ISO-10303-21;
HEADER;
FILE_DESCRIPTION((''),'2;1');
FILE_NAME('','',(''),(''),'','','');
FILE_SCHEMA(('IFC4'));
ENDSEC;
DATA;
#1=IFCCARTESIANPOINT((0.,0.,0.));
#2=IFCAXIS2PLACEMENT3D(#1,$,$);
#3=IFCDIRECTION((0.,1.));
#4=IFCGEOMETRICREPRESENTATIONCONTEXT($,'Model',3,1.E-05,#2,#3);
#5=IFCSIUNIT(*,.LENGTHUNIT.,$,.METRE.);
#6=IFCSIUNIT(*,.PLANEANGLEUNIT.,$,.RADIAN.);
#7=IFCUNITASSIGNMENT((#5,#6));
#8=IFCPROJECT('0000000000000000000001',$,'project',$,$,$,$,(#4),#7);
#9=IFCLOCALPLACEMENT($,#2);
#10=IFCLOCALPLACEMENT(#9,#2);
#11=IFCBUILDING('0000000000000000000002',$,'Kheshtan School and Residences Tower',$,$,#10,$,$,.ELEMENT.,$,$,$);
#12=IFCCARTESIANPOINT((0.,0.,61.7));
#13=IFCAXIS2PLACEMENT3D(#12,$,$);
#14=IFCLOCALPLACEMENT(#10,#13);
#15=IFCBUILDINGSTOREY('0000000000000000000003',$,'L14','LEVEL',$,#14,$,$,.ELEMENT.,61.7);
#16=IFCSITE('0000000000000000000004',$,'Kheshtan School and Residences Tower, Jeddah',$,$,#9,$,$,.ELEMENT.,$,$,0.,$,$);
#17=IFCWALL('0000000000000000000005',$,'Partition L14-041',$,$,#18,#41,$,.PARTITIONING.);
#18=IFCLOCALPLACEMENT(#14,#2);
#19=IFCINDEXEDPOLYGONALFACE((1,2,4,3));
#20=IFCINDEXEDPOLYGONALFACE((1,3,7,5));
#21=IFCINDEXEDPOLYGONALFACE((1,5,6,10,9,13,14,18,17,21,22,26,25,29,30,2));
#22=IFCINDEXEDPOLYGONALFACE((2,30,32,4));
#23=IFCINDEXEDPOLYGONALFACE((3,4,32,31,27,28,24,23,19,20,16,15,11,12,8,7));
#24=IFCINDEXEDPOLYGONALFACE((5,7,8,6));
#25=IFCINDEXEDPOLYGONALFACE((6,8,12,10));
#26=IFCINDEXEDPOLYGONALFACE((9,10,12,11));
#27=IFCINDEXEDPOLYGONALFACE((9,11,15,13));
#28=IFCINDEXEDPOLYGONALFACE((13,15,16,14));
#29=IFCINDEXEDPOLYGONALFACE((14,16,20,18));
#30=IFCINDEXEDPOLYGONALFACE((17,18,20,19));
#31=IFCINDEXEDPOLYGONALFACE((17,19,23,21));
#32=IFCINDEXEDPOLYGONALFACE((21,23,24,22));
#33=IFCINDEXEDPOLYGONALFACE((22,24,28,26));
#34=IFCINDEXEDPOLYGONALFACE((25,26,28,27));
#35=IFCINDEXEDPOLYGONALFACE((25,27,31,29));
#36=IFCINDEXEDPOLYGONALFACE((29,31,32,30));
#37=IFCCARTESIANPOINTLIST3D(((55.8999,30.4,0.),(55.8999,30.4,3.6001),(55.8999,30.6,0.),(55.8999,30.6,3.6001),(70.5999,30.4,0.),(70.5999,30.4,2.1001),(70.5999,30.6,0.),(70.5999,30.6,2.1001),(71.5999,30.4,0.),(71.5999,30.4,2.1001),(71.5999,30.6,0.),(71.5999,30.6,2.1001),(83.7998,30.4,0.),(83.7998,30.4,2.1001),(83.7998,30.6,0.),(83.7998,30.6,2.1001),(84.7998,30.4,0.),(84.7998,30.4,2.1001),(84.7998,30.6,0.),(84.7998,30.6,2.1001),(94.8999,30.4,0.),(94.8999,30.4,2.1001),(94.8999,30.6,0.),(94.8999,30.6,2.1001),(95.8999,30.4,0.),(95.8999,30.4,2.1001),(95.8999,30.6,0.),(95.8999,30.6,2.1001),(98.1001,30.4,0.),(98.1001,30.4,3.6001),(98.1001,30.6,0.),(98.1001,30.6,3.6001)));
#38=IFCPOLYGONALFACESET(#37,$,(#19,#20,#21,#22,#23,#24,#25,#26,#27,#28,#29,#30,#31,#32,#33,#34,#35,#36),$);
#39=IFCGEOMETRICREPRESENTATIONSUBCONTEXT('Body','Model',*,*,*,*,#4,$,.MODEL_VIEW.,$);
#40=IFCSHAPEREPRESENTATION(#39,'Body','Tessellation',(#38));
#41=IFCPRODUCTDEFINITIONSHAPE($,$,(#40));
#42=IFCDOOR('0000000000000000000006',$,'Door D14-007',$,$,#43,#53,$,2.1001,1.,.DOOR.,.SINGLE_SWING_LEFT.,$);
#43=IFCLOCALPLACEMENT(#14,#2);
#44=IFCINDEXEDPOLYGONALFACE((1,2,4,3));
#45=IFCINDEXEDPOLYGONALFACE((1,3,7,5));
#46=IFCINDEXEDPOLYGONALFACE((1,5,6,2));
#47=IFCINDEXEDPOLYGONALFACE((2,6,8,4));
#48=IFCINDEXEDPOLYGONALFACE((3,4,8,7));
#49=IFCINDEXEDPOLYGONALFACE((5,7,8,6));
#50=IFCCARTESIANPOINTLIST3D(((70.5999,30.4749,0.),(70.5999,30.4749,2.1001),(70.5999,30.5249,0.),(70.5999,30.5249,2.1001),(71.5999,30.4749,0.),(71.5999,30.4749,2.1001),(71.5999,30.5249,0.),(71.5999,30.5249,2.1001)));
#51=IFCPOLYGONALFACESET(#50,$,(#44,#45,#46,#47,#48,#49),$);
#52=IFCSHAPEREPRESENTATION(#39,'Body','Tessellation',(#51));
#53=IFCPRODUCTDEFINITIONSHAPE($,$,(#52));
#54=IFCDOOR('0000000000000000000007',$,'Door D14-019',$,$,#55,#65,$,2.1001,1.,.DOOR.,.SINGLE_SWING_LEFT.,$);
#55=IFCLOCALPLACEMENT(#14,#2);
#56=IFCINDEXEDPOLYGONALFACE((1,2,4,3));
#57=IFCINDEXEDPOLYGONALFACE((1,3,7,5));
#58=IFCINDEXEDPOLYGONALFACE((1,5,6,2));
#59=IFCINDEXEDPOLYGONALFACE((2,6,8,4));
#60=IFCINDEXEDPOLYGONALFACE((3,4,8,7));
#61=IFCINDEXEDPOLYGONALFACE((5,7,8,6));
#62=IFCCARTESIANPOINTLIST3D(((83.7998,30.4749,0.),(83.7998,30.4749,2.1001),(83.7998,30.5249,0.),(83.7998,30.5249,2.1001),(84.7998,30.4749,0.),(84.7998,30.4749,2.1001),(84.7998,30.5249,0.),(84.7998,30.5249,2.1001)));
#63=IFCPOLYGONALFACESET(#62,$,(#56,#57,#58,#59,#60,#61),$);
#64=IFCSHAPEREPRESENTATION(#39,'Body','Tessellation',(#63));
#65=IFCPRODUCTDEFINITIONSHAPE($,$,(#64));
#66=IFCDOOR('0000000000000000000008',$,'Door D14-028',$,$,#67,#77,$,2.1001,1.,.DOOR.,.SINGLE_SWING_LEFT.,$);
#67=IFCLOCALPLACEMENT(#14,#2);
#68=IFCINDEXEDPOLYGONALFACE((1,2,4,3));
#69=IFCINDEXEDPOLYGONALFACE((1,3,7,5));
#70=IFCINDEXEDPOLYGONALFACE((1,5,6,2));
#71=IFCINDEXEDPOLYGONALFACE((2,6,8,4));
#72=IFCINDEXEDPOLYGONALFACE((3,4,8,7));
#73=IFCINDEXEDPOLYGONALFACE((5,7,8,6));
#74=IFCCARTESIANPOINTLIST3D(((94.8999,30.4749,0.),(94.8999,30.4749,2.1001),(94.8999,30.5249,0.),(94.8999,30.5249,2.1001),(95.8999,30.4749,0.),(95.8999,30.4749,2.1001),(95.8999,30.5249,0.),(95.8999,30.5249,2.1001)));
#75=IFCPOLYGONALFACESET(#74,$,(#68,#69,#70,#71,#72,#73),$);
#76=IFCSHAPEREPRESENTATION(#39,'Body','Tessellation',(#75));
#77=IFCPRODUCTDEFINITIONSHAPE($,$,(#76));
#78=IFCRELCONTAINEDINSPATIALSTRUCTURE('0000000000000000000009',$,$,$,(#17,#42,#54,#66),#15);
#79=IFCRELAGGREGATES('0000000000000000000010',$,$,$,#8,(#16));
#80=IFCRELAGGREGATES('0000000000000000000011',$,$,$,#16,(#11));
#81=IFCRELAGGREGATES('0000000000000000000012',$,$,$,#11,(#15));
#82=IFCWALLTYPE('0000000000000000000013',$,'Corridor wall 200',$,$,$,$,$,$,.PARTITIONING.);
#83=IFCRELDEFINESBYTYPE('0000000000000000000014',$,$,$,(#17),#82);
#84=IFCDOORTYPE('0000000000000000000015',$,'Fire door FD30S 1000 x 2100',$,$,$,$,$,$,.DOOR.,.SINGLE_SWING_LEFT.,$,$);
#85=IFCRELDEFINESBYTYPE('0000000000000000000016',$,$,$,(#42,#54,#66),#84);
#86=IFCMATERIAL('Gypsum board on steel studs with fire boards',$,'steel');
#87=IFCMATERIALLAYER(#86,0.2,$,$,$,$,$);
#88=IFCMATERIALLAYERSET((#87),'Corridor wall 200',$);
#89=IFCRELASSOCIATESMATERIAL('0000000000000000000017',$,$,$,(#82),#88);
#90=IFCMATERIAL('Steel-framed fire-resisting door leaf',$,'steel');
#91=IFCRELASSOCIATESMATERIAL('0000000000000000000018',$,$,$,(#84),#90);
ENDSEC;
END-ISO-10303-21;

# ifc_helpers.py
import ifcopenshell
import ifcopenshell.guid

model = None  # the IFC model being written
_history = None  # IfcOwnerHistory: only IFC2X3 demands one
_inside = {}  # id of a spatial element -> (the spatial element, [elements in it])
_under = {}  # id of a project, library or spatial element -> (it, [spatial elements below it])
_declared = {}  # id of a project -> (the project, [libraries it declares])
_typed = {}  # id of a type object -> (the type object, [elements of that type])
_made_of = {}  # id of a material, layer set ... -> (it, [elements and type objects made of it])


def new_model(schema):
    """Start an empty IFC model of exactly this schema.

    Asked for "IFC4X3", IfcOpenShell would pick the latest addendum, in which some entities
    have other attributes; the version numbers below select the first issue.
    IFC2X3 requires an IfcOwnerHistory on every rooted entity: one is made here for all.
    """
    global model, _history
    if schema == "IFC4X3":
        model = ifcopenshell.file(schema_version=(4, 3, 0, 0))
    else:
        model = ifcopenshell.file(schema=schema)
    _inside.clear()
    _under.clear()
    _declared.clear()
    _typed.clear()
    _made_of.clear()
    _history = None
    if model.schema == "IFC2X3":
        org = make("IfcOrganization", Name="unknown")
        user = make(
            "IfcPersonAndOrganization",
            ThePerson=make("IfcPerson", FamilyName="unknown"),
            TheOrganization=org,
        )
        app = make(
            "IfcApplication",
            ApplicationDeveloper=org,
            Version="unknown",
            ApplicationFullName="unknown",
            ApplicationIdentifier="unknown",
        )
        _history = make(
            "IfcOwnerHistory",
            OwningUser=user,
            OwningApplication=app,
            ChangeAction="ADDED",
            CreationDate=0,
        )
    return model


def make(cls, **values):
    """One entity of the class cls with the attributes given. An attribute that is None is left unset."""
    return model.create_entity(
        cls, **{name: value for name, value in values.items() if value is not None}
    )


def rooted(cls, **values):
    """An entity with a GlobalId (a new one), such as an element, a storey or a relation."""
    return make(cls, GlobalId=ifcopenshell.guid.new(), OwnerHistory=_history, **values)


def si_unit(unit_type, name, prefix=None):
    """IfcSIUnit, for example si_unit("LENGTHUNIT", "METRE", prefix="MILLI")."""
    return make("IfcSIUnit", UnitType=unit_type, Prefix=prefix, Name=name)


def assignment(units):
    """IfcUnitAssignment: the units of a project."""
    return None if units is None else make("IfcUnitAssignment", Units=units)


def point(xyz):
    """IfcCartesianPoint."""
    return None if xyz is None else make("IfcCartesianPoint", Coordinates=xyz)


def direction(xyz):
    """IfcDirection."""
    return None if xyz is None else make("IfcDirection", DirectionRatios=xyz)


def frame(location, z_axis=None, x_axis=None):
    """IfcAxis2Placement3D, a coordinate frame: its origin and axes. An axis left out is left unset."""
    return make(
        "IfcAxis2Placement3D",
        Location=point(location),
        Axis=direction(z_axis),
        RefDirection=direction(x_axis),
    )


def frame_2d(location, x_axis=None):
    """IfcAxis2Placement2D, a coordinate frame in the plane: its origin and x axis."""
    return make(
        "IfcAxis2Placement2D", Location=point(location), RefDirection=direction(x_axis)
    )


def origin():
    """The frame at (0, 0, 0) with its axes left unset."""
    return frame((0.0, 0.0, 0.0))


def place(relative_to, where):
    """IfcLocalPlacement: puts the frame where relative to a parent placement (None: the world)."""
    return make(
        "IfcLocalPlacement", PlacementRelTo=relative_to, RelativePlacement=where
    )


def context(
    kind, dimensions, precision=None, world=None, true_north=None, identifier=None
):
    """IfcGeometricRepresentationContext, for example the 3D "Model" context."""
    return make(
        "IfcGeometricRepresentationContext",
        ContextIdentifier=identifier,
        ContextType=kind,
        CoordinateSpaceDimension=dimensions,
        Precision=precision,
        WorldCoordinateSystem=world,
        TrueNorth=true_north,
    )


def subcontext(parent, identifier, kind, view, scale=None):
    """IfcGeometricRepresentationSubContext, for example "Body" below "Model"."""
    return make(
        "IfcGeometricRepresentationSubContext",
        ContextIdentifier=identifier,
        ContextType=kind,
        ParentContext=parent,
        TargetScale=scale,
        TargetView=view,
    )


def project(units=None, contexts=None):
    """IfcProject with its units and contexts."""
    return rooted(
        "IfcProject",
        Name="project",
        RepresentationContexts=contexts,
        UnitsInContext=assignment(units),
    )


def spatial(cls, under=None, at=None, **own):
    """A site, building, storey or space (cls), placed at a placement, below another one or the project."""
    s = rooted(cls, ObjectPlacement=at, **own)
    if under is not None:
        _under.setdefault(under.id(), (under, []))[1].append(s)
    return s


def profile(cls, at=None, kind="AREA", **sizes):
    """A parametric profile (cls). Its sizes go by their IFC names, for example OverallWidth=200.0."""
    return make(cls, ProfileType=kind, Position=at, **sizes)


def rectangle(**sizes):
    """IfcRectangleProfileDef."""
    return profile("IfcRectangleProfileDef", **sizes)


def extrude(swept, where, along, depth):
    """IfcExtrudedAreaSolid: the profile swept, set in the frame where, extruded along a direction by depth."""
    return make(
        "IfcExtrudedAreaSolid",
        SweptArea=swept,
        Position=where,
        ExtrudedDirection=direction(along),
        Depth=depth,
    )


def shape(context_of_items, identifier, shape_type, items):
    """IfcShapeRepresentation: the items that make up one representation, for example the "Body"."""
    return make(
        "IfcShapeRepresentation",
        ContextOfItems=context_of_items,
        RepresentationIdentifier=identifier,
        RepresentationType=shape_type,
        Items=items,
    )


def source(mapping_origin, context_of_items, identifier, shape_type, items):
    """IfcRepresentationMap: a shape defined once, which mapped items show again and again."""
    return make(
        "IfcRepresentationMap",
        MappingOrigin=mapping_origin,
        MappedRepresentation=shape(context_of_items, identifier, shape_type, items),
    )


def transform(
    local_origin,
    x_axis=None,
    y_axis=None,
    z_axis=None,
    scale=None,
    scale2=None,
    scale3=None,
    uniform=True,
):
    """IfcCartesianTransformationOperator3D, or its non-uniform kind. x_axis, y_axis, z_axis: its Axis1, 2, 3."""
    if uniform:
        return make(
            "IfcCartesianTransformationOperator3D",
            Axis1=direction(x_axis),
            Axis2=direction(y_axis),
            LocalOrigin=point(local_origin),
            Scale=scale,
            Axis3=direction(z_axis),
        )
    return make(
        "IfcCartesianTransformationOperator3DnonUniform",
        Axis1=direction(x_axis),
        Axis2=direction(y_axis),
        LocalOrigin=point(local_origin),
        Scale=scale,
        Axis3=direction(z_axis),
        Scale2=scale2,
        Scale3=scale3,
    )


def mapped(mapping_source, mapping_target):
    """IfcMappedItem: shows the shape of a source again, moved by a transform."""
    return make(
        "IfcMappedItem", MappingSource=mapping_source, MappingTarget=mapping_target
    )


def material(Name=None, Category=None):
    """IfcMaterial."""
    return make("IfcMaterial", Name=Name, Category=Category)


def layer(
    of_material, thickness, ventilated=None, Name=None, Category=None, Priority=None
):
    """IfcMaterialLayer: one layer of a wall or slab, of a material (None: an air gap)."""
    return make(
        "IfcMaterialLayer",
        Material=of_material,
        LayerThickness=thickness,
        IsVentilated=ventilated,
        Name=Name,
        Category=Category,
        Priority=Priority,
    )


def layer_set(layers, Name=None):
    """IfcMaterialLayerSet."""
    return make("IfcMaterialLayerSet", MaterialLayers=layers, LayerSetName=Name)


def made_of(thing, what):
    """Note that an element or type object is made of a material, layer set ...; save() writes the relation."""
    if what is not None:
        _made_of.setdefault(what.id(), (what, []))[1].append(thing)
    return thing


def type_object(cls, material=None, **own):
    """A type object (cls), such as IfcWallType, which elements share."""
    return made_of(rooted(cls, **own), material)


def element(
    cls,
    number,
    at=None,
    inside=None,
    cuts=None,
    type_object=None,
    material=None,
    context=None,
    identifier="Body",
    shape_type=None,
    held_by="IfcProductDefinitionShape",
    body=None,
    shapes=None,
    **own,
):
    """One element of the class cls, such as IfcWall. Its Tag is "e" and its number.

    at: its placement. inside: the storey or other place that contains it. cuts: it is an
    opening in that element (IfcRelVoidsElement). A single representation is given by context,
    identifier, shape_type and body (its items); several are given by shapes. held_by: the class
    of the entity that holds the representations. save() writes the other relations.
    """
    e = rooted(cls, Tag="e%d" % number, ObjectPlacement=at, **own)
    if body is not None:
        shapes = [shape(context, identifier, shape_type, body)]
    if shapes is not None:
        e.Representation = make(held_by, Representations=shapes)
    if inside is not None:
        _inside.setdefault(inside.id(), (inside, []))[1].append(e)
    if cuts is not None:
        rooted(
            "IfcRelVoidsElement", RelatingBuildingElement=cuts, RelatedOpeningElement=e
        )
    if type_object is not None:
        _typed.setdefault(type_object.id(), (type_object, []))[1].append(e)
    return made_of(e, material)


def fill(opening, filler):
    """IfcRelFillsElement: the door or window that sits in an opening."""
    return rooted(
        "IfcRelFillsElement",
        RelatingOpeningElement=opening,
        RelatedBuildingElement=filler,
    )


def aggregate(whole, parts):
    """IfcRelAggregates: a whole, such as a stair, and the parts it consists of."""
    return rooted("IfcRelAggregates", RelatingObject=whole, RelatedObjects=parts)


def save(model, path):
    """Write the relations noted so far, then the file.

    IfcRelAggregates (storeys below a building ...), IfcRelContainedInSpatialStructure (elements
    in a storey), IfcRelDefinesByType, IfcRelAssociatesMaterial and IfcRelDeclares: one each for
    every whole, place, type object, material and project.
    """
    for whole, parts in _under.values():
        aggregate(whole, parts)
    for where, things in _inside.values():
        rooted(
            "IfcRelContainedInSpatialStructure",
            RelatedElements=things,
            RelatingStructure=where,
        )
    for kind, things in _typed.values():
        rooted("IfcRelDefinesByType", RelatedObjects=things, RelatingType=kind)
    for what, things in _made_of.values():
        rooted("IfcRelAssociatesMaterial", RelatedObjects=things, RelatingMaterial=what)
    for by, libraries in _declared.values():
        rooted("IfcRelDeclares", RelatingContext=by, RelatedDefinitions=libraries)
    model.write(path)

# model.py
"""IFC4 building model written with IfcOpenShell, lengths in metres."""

from ifc_helpers import new_model, si_unit, direction, frame, frame_2d, origin, place, context, subcontext, project, spatial, rectangle, extrude, source, transform, mapped, material, layer, layer_set, type_object, element, fill, save


model = new_model("IFC4")

# Units and contexts
model_context = context("Model", 3, precision=1e-05, world=origin(), true_north=direction((0.0, 1.0)))
body_context = subcontext(model_context, "Body", "Model", "MODEL_VIEW")
ifc_project = project(units=[si_unit("LENGTHUNIT", "METRE"), si_unit("PLANEANGLEUNIT", "RADIAN")], contexts=[model_context])

# Site, building, storey
site_placement = place(None, origin())
site = spatial("IfcSite", under=ifc_project, at=site_placement, Name="Kheshtan School and Residences Tower, Jeddah", CompositionType="ELEMENT", RefElevation=0.0)
building_placement = place(site_placement, origin())
building = spatial("IfcBuilding", under=site, at=building_placement, Name="Kheshtan School and Residences Tower", CompositionType="ELEMENT")
storey_placement = place(building_placement, frame((0.0, 0.0, 61.7)))
storey = spatial("IfcBuildingStorey", under=building, at=storey_placement, Name="L14", Description="LEVEL", CompositionType="ELEMENT", Elevation=61.7)

# Wall, openings, doors
ifc_material_1 = material(Name="Gypsum board on steel studs with fire boards", Category="steel")
ifc_layer_1 = layer(ifc_material_1, 0.2)
ifc_layer_set_1 = layer_set([ifc_layer_1], Name="Corridor wall 200")
wall_type_1 = type_object("IfcWallType", Name="Corridor wall 200", PredefinedType="PARTITIONING", material=ifc_layer_set_1)
wall_1_placement = place(storey_placement, frame((55.8999, 30.5, 0.0), z_axis=(0.0, 0.0, 1.0), x_axis=(1.0, 0.0, 0.0)))
wall_1 = element("IfcWall", 1, at=wall_1_placement, inside=storey, type_object=wall_type_1, Name="Partition L14-041", PredefinedType="PARTITIONING", context=body_context, shape_type="SweptSolid", body=[
    extrude(rectangle(XDim=42.2002, YDim=0.2, at=frame_2d((21.1001, 0.0))), origin(), (0.0, 0.0, 1.0), 3.6001),
])
opening_1_placement = place(wall_1_placement, frame((14.7, 0.0, 0.0)))
opening_1 = element("IfcOpeningElement", 2, at=opening_1_placement, cuts=wall_1, PredefinedType="OPENING", context=body_context, shape_type="SweptSolid", body=[
    extrude(rectangle(XDim=1.0, YDim=2.1001, at=frame_2d((0.5, 1.05))), frame((0.0, 0.1099, 0.0), z_axis=(0.0, -1.0, 0.0), x_axis=(1.0, 0.0, 0.0)), (0.0, 0.0, 1.0), 0.22),
])
opening_2_placement = place(wall_1_placement, frame((27.8999, 0.0, 0.0)))
opening_2 = element("IfcOpeningElement", 3, at=opening_2_placement, cuts=wall_1, PredefinedType="OPENING", context=body_context, shape_type="SweptSolid", body=[
    extrude(rectangle(XDim=1.0, YDim=2.1001, at=frame_2d((0.5, 1.05))), frame((0.0, 0.1099, 0.0), z_axis=(0.0, -1.0, 0.0), x_axis=(1.0, 0.0, 0.0)), (0.0, 0.0, 1.0), 0.22),
])
opening_3_placement = place(wall_1_placement, frame((39.0, 0.0, 0.0)))
opening_3 = element("IfcOpeningElement", 4, at=opening_3_placement, cuts=wall_1, PredefinedType="OPENING", context=body_context, shape_type="SweptSolid", body=[
    extrude(rectangle(XDim=1.0, YDim=2.1001, at=frame_2d((0.5, 1.05))), frame((0.0, 0.1099, 0.0), z_axis=(0.0, -1.0, 0.0), x_axis=(1.0, 0.0, 0.0)), (0.0, 0.0, 1.0), 0.22),
])
ifc_material_2 = material(Name="Steel-framed fire-resisting door leaf", Category="steel")
door_type_1 = type_object("IfcDoorType", Name="Fire door FD30S 1000 x 2100", OperationType="SINGLE_SWING_LEFT", PredefinedType="DOOR", material=ifc_material_2)
shared_shape_1 = source(origin(), body_context, "Body", "SweptSolid", [
    extrude(rectangle(XDim=1.0, YDim=2.1001, at=frame_2d((0.5, 1.05))), frame((0.0, 0.0249, 0.0), z_axis=(0.0, -1.0, 0.0), x_axis=(1.0, 0.0, 0.0)), (0.0, 0.0, 1.0), 0.05),
])
door_1_placement = place(opening_1_placement, origin())
door_1 = element("IfcDoor", 5, at=door_1_placement, inside=storey, type_object=door_type_1, Name="Door D14-007", OperationType="SINGLE_SWING_LEFT", OverallHeight=2.1001, OverallWidth=1.0, PredefinedType="DOOR", context=body_context, shape_type="MappedRepresentation", body=[
    mapped(shared_shape_1, transform((0.0, 0.0, 0.0), x_axis=(1.0, 0.0, 0.0), y_axis=(0.0, 1.0, 0.0), z_axis=(0.0, 0.0, 1.0), scale=1.0)),
])
fill(opening_1, door_1)
door_2_placement = place(opening_2_placement, origin())
door_2 = element("IfcDoor", 6, at=door_2_placement, inside=storey, type_object=door_type_1, Name="Door D14-019", OperationType="SINGLE_SWING_LEFT", OverallHeight=2.1001, OverallWidth=1.0, PredefinedType="DOOR", context=body_context, shape_type="MappedRepresentation", body=[
    mapped(shared_shape_1, transform((0.0, 0.0, 0.0), x_axis=(1.0, 0.0, 0.0), y_axis=(0.0, 1.0, 0.0), z_axis=(0.0, 0.0, 1.0), scale=1.0)),
])
fill(opening_2, door_2)
door_3_placement = place(opening_3_placement, origin())
door_3 = element("IfcDoor", 7, at=door_3_placement, inside=storey, type_object=door_type_1, Name="Door D14-028", OperationType="SINGLE_SWING_LEFT", OverallHeight=2.1001, OverallWidth=1.0, PredefinedType="DOOR", context=body_context, shape_type="MappedRepresentation", body=[
    mapped(shared_shape_1, transform((0.0, 0.0, 0.0), x_axis=(1.0, 0.0, 0.0), y_axis=(0.0, 1.0, 0.0), z_axis=(0.0, 0.0, 1.0), scale=1.0)),
])
fill(opening_3, door_3)

save(model, "model.ifc")
